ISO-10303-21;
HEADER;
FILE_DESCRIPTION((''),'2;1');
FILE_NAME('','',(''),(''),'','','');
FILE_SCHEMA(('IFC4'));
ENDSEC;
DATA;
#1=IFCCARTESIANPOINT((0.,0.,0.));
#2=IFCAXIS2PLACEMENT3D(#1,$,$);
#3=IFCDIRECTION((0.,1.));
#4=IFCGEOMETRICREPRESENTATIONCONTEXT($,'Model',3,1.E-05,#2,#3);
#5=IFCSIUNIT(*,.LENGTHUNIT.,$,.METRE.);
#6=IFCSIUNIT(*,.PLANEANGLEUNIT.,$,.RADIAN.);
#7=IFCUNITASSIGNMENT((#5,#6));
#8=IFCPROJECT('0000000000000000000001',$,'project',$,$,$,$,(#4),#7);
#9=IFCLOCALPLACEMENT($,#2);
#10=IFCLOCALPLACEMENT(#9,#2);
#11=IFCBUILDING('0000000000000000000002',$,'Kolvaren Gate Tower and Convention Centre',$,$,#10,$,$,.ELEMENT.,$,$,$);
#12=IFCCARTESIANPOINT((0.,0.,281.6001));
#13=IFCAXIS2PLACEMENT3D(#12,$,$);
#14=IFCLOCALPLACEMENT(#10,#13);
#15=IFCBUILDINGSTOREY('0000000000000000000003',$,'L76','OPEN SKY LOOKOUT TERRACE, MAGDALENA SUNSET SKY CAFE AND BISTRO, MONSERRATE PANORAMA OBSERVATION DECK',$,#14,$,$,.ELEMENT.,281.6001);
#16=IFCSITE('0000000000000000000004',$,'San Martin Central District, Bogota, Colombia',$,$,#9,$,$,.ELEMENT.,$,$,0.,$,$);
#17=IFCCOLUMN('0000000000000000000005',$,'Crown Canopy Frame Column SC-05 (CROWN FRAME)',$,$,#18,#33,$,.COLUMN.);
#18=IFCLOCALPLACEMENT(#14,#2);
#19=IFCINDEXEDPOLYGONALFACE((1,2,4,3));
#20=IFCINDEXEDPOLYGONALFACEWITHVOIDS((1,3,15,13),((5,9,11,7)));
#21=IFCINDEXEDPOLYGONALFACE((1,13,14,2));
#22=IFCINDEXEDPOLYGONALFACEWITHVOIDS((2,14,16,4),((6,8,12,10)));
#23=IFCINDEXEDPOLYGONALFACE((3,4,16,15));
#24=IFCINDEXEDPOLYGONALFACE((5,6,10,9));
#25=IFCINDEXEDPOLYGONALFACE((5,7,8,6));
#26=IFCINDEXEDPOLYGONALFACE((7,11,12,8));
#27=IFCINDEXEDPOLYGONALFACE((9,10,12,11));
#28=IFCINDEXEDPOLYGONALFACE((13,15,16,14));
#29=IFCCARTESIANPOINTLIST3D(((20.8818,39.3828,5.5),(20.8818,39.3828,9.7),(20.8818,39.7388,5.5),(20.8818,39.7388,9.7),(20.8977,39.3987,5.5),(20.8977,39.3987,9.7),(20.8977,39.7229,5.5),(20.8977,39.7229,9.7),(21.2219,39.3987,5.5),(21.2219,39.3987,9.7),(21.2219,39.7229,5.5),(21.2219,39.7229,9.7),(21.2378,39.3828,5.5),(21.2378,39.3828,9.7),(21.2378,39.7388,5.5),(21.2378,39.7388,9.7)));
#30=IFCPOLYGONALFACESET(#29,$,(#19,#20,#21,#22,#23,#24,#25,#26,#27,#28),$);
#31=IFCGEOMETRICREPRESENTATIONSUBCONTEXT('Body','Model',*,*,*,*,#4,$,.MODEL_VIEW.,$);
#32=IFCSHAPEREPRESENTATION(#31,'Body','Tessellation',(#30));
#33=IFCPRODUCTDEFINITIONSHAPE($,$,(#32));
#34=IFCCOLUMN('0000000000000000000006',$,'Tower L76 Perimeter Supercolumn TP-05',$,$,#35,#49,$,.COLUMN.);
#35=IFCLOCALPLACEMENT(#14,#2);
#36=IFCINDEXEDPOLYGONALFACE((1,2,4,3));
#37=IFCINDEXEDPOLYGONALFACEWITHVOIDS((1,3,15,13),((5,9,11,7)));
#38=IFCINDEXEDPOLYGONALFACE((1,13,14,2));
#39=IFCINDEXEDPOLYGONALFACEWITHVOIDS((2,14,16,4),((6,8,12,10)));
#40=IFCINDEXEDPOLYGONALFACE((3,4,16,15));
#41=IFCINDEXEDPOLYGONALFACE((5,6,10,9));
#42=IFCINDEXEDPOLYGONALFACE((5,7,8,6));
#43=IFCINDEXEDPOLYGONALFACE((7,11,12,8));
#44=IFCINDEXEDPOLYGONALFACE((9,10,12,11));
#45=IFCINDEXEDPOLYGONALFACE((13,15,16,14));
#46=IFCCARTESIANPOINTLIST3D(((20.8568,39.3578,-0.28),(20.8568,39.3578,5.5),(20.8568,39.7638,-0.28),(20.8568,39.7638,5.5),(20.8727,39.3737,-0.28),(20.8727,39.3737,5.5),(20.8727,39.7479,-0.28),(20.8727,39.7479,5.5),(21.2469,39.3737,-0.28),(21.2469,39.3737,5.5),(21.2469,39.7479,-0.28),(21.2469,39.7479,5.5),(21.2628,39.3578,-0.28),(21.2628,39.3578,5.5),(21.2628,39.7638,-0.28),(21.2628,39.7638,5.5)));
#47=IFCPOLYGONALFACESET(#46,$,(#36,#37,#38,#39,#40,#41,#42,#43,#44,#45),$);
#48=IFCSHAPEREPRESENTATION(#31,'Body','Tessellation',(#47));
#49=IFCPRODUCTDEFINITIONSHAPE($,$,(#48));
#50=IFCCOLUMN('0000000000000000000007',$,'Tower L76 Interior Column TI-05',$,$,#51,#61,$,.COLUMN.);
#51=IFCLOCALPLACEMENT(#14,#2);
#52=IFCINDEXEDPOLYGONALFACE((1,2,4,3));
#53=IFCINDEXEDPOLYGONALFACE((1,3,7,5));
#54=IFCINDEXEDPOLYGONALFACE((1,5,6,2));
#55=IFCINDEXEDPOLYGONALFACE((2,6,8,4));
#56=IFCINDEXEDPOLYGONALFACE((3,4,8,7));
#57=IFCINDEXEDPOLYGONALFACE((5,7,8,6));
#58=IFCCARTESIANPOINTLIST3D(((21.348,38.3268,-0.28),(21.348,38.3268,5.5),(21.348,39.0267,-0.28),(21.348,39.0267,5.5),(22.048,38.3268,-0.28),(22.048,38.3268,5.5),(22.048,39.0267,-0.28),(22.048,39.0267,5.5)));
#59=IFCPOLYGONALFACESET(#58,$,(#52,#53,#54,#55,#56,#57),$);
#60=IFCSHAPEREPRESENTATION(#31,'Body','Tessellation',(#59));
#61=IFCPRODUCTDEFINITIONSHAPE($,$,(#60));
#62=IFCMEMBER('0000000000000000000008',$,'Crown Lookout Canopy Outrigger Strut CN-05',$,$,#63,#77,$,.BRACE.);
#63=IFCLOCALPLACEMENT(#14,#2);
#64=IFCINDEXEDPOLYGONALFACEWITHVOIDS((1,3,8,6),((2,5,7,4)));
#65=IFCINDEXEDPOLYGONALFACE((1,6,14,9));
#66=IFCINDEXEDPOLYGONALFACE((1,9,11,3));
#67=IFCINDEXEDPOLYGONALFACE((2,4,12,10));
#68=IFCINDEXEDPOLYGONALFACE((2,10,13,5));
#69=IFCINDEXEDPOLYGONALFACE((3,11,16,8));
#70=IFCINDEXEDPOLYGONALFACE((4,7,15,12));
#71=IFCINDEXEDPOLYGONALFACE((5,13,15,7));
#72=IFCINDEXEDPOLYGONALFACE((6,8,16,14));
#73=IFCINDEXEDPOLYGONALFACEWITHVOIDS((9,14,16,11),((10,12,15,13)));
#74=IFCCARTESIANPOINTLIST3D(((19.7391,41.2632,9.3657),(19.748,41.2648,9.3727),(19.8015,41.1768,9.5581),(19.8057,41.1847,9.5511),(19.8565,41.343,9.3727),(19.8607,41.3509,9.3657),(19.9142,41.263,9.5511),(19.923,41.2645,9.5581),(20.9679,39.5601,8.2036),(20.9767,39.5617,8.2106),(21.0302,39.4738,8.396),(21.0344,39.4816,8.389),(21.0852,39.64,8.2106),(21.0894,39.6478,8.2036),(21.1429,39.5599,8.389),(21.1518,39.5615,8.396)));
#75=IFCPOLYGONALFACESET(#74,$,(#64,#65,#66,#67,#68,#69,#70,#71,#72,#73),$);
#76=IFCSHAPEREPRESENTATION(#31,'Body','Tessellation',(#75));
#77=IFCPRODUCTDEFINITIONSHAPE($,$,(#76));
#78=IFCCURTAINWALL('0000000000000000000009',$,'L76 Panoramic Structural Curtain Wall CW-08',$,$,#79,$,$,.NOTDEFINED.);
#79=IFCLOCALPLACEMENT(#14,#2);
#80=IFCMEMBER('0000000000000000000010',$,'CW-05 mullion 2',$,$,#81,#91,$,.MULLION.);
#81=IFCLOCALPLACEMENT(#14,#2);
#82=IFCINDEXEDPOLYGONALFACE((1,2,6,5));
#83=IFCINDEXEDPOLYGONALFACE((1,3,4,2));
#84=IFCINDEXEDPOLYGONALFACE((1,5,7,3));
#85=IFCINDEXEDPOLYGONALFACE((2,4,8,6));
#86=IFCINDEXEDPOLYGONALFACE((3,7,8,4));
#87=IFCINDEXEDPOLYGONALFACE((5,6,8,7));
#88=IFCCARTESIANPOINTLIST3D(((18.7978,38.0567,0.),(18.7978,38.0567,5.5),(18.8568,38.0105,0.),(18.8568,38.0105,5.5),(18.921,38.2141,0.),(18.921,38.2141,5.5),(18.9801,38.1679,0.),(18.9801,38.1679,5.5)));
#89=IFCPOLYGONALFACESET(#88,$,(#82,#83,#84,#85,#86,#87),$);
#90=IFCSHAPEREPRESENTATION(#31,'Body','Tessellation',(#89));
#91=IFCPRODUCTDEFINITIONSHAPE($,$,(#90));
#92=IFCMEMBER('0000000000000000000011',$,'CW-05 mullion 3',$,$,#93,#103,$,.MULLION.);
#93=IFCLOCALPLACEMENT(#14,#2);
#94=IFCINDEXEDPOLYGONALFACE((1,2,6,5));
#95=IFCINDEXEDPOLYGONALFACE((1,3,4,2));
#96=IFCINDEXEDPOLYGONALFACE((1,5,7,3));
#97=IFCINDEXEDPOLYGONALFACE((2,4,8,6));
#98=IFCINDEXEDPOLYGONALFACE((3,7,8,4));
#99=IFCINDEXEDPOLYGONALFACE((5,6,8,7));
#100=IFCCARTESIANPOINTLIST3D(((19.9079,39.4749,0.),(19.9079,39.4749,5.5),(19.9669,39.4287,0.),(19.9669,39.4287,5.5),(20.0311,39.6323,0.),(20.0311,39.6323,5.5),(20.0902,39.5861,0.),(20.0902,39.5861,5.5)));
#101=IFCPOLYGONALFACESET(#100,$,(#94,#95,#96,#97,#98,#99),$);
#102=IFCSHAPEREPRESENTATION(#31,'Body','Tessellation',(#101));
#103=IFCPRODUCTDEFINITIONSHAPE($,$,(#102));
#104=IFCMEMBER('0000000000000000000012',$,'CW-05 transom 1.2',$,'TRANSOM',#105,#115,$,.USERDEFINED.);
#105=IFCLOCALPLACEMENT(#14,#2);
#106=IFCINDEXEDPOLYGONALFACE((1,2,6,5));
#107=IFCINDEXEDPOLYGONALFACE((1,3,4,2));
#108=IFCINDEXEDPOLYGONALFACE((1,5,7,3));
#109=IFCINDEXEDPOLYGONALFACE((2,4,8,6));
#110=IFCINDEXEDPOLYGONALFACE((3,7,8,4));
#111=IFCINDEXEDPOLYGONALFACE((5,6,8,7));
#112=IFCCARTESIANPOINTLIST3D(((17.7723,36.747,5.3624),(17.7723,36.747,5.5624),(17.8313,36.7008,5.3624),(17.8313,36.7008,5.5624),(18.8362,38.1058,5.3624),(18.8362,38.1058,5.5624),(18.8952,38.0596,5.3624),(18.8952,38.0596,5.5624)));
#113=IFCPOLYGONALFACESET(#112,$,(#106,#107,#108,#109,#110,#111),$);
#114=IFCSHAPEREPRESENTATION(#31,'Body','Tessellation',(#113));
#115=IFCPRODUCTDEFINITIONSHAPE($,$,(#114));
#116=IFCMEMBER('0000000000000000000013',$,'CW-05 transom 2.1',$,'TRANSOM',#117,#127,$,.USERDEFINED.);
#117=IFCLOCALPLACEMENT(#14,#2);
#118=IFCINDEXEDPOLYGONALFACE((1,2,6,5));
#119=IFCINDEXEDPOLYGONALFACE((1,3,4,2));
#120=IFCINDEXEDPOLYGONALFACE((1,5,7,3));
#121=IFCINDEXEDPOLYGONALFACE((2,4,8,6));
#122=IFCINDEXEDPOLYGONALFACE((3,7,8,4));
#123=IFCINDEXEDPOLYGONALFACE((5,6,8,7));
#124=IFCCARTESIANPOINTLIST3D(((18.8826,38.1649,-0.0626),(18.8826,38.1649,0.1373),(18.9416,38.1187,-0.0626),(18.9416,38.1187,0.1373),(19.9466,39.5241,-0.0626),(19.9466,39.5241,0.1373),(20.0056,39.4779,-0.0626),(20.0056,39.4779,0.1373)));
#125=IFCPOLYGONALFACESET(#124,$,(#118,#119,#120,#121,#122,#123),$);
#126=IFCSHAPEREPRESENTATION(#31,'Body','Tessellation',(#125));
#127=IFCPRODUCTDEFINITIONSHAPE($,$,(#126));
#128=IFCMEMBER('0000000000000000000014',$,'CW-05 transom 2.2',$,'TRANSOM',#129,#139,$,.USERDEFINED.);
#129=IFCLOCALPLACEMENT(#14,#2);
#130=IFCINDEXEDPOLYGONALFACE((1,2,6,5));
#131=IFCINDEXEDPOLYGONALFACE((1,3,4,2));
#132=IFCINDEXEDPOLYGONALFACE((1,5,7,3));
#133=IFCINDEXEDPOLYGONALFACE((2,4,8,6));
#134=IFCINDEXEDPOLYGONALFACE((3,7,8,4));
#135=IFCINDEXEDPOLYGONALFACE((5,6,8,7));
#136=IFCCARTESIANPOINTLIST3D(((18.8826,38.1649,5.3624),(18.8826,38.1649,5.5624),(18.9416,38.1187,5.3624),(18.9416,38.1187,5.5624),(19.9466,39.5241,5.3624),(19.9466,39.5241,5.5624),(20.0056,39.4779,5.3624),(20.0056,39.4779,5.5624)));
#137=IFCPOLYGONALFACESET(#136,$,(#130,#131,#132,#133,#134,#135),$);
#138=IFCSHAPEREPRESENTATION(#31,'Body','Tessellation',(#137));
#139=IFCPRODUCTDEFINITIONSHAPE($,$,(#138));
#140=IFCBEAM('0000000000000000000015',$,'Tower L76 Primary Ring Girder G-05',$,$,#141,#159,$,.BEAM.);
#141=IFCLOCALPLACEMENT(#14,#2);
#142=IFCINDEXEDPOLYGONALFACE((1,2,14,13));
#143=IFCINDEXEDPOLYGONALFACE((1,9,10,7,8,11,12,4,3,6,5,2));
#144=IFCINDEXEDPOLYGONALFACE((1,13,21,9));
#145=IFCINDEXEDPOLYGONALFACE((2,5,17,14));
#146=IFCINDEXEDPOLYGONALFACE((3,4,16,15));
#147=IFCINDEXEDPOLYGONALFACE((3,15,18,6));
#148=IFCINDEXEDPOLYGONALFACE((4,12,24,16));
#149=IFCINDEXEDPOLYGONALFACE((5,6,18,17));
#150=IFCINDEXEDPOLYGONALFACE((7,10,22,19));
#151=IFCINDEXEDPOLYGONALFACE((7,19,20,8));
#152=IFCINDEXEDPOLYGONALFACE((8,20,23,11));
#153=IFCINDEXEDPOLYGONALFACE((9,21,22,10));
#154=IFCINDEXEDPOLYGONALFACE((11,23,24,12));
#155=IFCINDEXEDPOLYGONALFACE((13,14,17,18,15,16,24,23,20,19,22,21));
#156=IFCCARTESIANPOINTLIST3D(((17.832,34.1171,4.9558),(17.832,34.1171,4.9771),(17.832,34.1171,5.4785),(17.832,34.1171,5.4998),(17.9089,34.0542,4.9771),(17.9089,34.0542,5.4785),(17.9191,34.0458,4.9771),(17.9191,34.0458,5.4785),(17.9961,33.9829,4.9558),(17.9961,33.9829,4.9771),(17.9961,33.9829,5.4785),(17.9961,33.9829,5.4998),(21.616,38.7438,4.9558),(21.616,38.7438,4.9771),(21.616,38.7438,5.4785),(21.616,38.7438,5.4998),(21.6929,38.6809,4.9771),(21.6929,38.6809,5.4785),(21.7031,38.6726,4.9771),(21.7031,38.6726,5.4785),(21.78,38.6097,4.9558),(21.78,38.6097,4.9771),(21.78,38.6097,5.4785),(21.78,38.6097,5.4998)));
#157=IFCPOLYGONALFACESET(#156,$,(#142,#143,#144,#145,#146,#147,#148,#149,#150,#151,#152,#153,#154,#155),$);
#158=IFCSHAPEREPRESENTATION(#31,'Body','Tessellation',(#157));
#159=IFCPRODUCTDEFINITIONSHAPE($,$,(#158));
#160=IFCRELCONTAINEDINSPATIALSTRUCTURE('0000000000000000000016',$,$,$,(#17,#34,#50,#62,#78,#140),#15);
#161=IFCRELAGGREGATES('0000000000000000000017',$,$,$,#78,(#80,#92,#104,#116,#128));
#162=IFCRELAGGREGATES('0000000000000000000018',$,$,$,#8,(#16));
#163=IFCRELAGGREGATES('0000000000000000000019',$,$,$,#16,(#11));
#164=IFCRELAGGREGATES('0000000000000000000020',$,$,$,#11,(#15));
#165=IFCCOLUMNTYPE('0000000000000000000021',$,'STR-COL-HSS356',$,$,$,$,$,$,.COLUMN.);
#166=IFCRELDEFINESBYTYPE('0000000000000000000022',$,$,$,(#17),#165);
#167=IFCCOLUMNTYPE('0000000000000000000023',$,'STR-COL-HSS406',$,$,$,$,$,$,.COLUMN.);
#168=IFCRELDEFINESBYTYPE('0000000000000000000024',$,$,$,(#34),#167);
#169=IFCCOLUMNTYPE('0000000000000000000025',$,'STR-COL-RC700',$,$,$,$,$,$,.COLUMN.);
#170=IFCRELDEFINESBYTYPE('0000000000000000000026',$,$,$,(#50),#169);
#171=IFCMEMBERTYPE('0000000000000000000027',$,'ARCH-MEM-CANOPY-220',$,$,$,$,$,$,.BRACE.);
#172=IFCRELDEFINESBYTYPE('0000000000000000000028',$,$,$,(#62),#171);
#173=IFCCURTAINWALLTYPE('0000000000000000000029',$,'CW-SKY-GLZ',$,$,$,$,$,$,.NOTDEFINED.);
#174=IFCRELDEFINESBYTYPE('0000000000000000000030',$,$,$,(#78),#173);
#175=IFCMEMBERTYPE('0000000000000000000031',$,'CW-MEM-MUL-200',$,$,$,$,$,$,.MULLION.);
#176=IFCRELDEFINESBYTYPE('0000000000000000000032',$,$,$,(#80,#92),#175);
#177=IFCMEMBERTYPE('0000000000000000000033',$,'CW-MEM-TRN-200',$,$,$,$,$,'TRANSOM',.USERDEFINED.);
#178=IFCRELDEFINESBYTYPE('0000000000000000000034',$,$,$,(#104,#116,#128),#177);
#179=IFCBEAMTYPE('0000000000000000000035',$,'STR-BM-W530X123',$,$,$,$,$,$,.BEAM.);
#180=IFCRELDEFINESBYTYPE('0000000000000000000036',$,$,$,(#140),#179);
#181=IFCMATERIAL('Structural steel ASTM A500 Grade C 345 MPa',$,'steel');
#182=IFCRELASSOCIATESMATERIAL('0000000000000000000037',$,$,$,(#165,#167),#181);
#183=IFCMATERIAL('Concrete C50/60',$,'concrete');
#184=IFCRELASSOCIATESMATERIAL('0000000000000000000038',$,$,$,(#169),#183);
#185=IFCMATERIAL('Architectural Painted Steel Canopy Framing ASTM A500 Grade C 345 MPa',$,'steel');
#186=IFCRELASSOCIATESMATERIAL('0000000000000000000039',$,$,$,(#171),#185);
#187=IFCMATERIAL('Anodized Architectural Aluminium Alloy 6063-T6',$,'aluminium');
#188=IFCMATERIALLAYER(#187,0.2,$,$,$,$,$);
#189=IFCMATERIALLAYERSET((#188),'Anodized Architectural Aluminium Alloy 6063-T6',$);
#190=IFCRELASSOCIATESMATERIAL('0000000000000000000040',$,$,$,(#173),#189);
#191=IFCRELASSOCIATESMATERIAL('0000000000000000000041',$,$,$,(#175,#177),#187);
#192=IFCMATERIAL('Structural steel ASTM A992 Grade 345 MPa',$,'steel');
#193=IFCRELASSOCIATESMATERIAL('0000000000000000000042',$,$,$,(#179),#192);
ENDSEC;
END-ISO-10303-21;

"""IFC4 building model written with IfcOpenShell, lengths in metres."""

from ifc_helpers import new_model, si_unit, direction, frame, origin, origin_2d, place, context, subcontext, project, spatial, rectangle, hollow_rectangle, i_section, extrude, material, layer, layer_set, material_profile, profile_set, type_object, element, aggregate, save


model = new_model("IFC4")

# Units and contexts
model_context = context("Model", 3, precision=1e-05, world=origin(), true_north=direction((0.0, 1.0)))
body_context = subcontext(model_context, "Body", "Model", "MODEL_VIEW")
ifc_project = project(units=[si_unit("LENGTHUNIT", "METRE"), si_unit("PLANEANGLEUNIT", "RADIAN")], contexts=[model_context])

# Site, building, storey
site_placement = place(None, origin())
site = spatial("IfcSite", under=ifc_project, at=site_placement, Name="San Martin Central District, Bogota, Colombia", CompositionType="ELEMENT", RefElevation=0.0)
building_placement = place(site_placement, origin())
building = spatial("IfcBuilding", under=site, at=building_placement, Name="Kolvaren Gate Tower and Convention Centre", CompositionType="ELEMENT")
storey_placement = place(building_placement, frame((0.0, 0.0, 281.6001)))
storey = spatial("IfcBuildingStorey", under=building, at=storey_placement, Name="L76", Description="OPEN SKY LOOKOUT TERRACE, MAGDALENA SUNSET SKY CAFE AND BISTRO, MONSERRATE PANORAMA OBSERVATION DECK", CompositionType="ELEMENT", Elevation=281.6001)

# Columns
ifc_material_1 = material(Name="Structural steel ASTM A500 Grade C 345 MPa", Category="steel")
ifc_material_profile_1 = material_profile(ifc_material_1, hollow_rectangle(XDim=0.356, YDim=0.356, WallThickness=0.0159, at=origin_2d()), Name="HSS356X356X15.9")
ifc_profile_set_1 = profile_set([ifc_material_profile_1], Name="Structural steel ASTM A500 Grade C 345 MPa")
column_type_1 = type_object("IfcColumnType", Name="STR-COL-HSS356", PredefinedType="COLUMN", material=ifc_profile_set_1)
column_1_placement = place(storey_placement, frame((21.0598, 39.5608, 5.5), z_axis=(0.0, 0.0, 1.0), x_axis=(1.0, 0.0, 0.0)))
element("IfcColumn", 1, at=column_1_placement, inside=storey, type_object=column_type_1, Name="Crown Canopy Frame Column SC-05 (CROWN FRAME)", PredefinedType="COLUMN", context=body_context, shape_type="SweptSolid", body=[
    extrude(hollow_rectangle(XDim=0.356, YDim=0.356, WallThickness=0.0159, at=origin_2d()), origin(), (0.0, 0.0, 1.0), 4.2),
])
ifc_material_profile_2 = material_profile(ifc_material_1, hollow_rectangle(XDim=0.406, YDim=0.406, WallThickness=0.0159, at=origin_2d()), Name="HSS406X406X15.9")
ifc_profile_set_2 = profile_set([ifc_material_profile_2], Name="Structural steel ASTM A500 Grade C 345 MPa")
column_type_2 = type_object("IfcColumnType", Name="STR-COL-HSS406", PredefinedType="COLUMN", material=ifc_profile_set_2)
column_2_placement = place(storey_placement, frame((21.0598, 39.5608, -0.28), z_axis=(0.0, 0.0, 1.0), x_axis=(1.0, 0.0, 0.0)))
element("IfcColumn", 2, at=column_2_placement, inside=storey, type_object=column_type_2, Name="Tower L76 Perimeter Supercolumn TP-05", PredefinedType="COLUMN", context=body_context, shape_type="SweptSolid", body=[
    extrude(hollow_rectangle(XDim=0.406, YDim=0.406, WallThickness=0.0159, at=origin_2d()), origin(), (0.0, 0.0, 1.0), 5.78),
])
ifc_material_2 = material(Name="Concrete C50/60", Category="concrete")
ifc_material_profile_3 = material_profile(ifc_material_2, rectangle(XDim=0.7, YDim=0.7, at=origin_2d()), Name="RC-COL-700X700")
ifc_profile_set_3 = profile_set([ifc_material_profile_3], Name="Concrete C50/60")
column_type_3 = type_object("IfcColumnType", Name="STR-COL-RC700", PredefinedType="COLUMN", material=ifc_profile_set_3)
column_3_placement = place(storey_placement, frame((21.698, 38.6768, -0.28), z_axis=(0.0, 0.0, 1.0), x_axis=(1.0, 0.0, 0.0)))
element("IfcColumn", 3, at=column_3_placement, inside=storey, type_object=column_type_3, Name="Tower L76 Interior Column TI-05", PredefinedType="COLUMN", context=body_context, shape_type="SweptSolid", body=[
    extrude(rectangle(XDim=0.7, YDim=0.7, at=origin_2d()), origin(), (0.0, 0.0, 1.0), 5.78),
])

# Member
ifc_material_3 = material(Name="Architectural Painted Steel Canopy Framing ASTM A500 Grade C 345 MPa", Category="steel")
ifc_material_profile_4 = material_profile(ifc_material_3, hollow_rectangle(XDim=0.1499, YDim=0.22, WallThickness=0.0081, at=origin_2d()), Name="ARCH-MEM-CANOPY-220")
ifc_profile_set_4 = profile_set([ifc_material_profile_4], Name="Architectural Painted Steel Canopy Framing ASTM A500 Grade C 345 MPa")
member_type_1 = type_object("IfcMemberType", Name="ARCH-MEM-CANOPY-220", PredefinedType="BRACE", material=ifc_profile_set_4)
member_1_placement = place(storey_placement, frame((21.0598, 39.5608, 8.2998), z_axis=(-0.51194, 0.709575, 0.484171), x_axis=(-0.810967, -0.585092, 0.0)))
element("IfcMember", 4, at=member_1_placement, inside=storey, type_object=member_type_1, Name="Crown Lookout Canopy Outrigger Strut CN-05", PredefinedType="BRACE", context=body_context, shape_type="SweptSolid", body=[
    extrude(hollow_rectangle(XDim=0.1499, YDim=0.22, WallThickness=0.0081, at=origin_2d()), origin(), (0.0, 0.0, 1.0), 2.4001),
])

# Curtain wall, members
ifc_material_4 = material(Name="Anodized Architectural Aluminium Alloy 6063-T6", Category="aluminium")
ifc_layer_1 = layer(ifc_material_4, 0.2)
ifc_layer_set_1 = layer_set([ifc_layer_1], Name="Anodized Architectural Aluminium Alloy 6063-T6")
curtain_wall_type = type_object("IfcCurtainWallType", Name="CW-SKY-GLZ", PredefinedType="NOTDEFINED", material=ifc_layer_set_1)
curtain_wall_placement = place(storey_placement, origin())
curtain_wall = element("IfcCurtainWall", 5, at=curtain_wall_placement, inside=storey, type_object=curtain_wall_type, Name="L76 Panoramic Structural Curtain Wall CW-08", PredefinedType="NOTDEFINED")
ifc_material_profile_5 = material_profile(ifc_material_4, rectangle(XDim=0.075, YDim=0.2, at=origin_2d()), Name="CW-MEM-MUL-200")
ifc_profile_set_5 = profile_set([ifc_material_profile_5], Name="Anodized Architectural Aluminium Alloy 6063-T6")
member_type_2 = type_object("IfcMemberType", Name="CW-MEM-MUL-200", PredefinedType="MULLION", material=ifc_profile_set_5)
member_2_placement = place(storey_placement, frame((18.8889, 38.1123, 0.0), z_axis=(0.0, 0.0, 1.0), x_axis=(-0.787411, 0.616429, 0.0)))
member_2 = element("IfcMember", 6, at=member_2_placement, type_object=member_type_2, Name="CW-05 mullion 2", PredefinedType="MULLION", context=body_context, shape_type="SweptSolid", body=[
    extrude(rectangle(XDim=0.075, YDim=0.2, at=origin_2d()), origin(), (0.0, 0.0, 1.0), 5.5),
])
member_3_placement = place(storey_placement, frame((19.999, 39.5305, 0.0), z_axis=(0.0, 0.0, 1.0), x_axis=(-0.787411, 0.616429, 0.0)))
member_3 = element("IfcMember", 7, at=member_3_placement, type_object=member_type_2, Name="CW-05 mullion 3", PredefinedType="MULLION", context=body_context, shape_type="SweptSolid", body=[
    extrude(rectangle(XDim=0.075, YDim=0.2, at=origin_2d()), origin(), (0.0, 0.0, 1.0), 5.5),
])
ifc_material_profile_6 = material_profile(ifc_material_4, rectangle(XDim=0.075, YDim=0.2, at=origin_2d()), Name="CW-MEM-TRN-200")
ifc_profile_set_6 = profile_set([ifc_material_profile_6], Name="Anodized Architectural Aluminium Alloy 6063-T6")
member_type_3 = type_object("IfcMemberType", Name="CW-MEM-TRN-200", ElementType="TRANSOM", PredefinedType="USERDEFINED", material=ifc_profile_set_6)
member_4_placement = place(storey_placement, frame((17.8018, 36.7239, 5.4624), z_axis=(0.616484, 0.787368, 0.0), x_axis=(-0.787368, 0.616484, 0.0)))
member_4 = element("IfcMember", 8, at=member_4_placement, type_object=member_type_3, Name="CW-05 transom 1.2", ObjectType="TRANSOM", PredefinedType="USERDEFINED", context=body_context, shape_type="SweptSolid", body=[
    extrude(rectangle(XDim=0.075, YDim=0.2, at=origin_2d()), origin(), (0.0, 0.0, 1.0), 1.7258),
])
member_5_placement = place(storey_placement, frame((18.9121, 38.1418, 0.0374), z_axis=(0.616415, 0.787421, 0.0), x_axis=(-0.787421, 0.616415, 0.0)))
member_5 = element("IfcMember", 9, at=member_5_placement, type_object=member_type_3, Name="CW-05 transom 2.1", ObjectType="TRANSOM", PredefinedType="USERDEFINED", context=body_context, shape_type="SweptSolid", body=[
    extrude(rectangle(XDim=0.075, YDim=0.2, at=origin_2d()), origin(), (0.0, 0.0, 1.0), 1.7261),
])
member_6_placement = place(storey_placement, frame((18.9121, 38.1418, 5.4624), z_axis=(0.616415, 0.787421, 0.0), x_axis=(-0.787421, 0.616415, 0.0)))
member_6 = element("IfcMember", 10, at=member_6_placement, type_object=member_type_3, Name="CW-05 transom 2.2", ObjectType="TRANSOM", PredefinedType="USERDEFINED", context=body_context, shape_type="SweptSolid", body=[
    extrude(rectangle(XDim=0.075, YDim=0.2, at=origin_2d()), origin(), (0.0, 0.0, 1.0), 1.7261),
])

# Beam
ifc_material_5 = material(Name="Structural steel ASTM A992 Grade 345 MPa", Category="steel")
ifc_material_profile_7 = material_profile(ifc_material_5, i_section(OverallWidth=0.2119, OverallDepth=0.5439, WebThickness=0.0132, FlangeThickness=0.0212, at=origin_2d()), Name="W530X123")
ifc_profile_set_7 = profile_set([ifc_material_profile_7], Name="Structural steel ASTM A992 Grade 345 MPa")
beam_type_1 = type_object("IfcBeamType", Name="STR-BM-W530X123", PredefinedType="BEAM", material=ifc_profile_set_7)
beam_1_placement = place(storey_placement, frame((21.698, 38.6768, 5.2278), z_axis=(-0.633082, -0.774085, 0.0), x_axis=(0.774085, -0.633082, 0.0)))
element("IfcBeam", 11, at=beam_1_placement, inside=storey, type_object=beam_type_1, Name="Tower L76 Primary Ring Girder G-05", PredefinedType="BEAM", context=body_context, shape_type="SweptSolid", body=[
    extrude(i_section(OverallWidth=0.2119, OverallDepth=0.5439, WebThickness=0.0132, FlangeThickness=0.0212, at=origin_2d()), origin(), (0.0, 0.0, 1.0), 5.9771),
])

aggregate(curtain_wall, [member_2, member_3, member_4, member_5, member_6])

save(model, "model.ifc")
